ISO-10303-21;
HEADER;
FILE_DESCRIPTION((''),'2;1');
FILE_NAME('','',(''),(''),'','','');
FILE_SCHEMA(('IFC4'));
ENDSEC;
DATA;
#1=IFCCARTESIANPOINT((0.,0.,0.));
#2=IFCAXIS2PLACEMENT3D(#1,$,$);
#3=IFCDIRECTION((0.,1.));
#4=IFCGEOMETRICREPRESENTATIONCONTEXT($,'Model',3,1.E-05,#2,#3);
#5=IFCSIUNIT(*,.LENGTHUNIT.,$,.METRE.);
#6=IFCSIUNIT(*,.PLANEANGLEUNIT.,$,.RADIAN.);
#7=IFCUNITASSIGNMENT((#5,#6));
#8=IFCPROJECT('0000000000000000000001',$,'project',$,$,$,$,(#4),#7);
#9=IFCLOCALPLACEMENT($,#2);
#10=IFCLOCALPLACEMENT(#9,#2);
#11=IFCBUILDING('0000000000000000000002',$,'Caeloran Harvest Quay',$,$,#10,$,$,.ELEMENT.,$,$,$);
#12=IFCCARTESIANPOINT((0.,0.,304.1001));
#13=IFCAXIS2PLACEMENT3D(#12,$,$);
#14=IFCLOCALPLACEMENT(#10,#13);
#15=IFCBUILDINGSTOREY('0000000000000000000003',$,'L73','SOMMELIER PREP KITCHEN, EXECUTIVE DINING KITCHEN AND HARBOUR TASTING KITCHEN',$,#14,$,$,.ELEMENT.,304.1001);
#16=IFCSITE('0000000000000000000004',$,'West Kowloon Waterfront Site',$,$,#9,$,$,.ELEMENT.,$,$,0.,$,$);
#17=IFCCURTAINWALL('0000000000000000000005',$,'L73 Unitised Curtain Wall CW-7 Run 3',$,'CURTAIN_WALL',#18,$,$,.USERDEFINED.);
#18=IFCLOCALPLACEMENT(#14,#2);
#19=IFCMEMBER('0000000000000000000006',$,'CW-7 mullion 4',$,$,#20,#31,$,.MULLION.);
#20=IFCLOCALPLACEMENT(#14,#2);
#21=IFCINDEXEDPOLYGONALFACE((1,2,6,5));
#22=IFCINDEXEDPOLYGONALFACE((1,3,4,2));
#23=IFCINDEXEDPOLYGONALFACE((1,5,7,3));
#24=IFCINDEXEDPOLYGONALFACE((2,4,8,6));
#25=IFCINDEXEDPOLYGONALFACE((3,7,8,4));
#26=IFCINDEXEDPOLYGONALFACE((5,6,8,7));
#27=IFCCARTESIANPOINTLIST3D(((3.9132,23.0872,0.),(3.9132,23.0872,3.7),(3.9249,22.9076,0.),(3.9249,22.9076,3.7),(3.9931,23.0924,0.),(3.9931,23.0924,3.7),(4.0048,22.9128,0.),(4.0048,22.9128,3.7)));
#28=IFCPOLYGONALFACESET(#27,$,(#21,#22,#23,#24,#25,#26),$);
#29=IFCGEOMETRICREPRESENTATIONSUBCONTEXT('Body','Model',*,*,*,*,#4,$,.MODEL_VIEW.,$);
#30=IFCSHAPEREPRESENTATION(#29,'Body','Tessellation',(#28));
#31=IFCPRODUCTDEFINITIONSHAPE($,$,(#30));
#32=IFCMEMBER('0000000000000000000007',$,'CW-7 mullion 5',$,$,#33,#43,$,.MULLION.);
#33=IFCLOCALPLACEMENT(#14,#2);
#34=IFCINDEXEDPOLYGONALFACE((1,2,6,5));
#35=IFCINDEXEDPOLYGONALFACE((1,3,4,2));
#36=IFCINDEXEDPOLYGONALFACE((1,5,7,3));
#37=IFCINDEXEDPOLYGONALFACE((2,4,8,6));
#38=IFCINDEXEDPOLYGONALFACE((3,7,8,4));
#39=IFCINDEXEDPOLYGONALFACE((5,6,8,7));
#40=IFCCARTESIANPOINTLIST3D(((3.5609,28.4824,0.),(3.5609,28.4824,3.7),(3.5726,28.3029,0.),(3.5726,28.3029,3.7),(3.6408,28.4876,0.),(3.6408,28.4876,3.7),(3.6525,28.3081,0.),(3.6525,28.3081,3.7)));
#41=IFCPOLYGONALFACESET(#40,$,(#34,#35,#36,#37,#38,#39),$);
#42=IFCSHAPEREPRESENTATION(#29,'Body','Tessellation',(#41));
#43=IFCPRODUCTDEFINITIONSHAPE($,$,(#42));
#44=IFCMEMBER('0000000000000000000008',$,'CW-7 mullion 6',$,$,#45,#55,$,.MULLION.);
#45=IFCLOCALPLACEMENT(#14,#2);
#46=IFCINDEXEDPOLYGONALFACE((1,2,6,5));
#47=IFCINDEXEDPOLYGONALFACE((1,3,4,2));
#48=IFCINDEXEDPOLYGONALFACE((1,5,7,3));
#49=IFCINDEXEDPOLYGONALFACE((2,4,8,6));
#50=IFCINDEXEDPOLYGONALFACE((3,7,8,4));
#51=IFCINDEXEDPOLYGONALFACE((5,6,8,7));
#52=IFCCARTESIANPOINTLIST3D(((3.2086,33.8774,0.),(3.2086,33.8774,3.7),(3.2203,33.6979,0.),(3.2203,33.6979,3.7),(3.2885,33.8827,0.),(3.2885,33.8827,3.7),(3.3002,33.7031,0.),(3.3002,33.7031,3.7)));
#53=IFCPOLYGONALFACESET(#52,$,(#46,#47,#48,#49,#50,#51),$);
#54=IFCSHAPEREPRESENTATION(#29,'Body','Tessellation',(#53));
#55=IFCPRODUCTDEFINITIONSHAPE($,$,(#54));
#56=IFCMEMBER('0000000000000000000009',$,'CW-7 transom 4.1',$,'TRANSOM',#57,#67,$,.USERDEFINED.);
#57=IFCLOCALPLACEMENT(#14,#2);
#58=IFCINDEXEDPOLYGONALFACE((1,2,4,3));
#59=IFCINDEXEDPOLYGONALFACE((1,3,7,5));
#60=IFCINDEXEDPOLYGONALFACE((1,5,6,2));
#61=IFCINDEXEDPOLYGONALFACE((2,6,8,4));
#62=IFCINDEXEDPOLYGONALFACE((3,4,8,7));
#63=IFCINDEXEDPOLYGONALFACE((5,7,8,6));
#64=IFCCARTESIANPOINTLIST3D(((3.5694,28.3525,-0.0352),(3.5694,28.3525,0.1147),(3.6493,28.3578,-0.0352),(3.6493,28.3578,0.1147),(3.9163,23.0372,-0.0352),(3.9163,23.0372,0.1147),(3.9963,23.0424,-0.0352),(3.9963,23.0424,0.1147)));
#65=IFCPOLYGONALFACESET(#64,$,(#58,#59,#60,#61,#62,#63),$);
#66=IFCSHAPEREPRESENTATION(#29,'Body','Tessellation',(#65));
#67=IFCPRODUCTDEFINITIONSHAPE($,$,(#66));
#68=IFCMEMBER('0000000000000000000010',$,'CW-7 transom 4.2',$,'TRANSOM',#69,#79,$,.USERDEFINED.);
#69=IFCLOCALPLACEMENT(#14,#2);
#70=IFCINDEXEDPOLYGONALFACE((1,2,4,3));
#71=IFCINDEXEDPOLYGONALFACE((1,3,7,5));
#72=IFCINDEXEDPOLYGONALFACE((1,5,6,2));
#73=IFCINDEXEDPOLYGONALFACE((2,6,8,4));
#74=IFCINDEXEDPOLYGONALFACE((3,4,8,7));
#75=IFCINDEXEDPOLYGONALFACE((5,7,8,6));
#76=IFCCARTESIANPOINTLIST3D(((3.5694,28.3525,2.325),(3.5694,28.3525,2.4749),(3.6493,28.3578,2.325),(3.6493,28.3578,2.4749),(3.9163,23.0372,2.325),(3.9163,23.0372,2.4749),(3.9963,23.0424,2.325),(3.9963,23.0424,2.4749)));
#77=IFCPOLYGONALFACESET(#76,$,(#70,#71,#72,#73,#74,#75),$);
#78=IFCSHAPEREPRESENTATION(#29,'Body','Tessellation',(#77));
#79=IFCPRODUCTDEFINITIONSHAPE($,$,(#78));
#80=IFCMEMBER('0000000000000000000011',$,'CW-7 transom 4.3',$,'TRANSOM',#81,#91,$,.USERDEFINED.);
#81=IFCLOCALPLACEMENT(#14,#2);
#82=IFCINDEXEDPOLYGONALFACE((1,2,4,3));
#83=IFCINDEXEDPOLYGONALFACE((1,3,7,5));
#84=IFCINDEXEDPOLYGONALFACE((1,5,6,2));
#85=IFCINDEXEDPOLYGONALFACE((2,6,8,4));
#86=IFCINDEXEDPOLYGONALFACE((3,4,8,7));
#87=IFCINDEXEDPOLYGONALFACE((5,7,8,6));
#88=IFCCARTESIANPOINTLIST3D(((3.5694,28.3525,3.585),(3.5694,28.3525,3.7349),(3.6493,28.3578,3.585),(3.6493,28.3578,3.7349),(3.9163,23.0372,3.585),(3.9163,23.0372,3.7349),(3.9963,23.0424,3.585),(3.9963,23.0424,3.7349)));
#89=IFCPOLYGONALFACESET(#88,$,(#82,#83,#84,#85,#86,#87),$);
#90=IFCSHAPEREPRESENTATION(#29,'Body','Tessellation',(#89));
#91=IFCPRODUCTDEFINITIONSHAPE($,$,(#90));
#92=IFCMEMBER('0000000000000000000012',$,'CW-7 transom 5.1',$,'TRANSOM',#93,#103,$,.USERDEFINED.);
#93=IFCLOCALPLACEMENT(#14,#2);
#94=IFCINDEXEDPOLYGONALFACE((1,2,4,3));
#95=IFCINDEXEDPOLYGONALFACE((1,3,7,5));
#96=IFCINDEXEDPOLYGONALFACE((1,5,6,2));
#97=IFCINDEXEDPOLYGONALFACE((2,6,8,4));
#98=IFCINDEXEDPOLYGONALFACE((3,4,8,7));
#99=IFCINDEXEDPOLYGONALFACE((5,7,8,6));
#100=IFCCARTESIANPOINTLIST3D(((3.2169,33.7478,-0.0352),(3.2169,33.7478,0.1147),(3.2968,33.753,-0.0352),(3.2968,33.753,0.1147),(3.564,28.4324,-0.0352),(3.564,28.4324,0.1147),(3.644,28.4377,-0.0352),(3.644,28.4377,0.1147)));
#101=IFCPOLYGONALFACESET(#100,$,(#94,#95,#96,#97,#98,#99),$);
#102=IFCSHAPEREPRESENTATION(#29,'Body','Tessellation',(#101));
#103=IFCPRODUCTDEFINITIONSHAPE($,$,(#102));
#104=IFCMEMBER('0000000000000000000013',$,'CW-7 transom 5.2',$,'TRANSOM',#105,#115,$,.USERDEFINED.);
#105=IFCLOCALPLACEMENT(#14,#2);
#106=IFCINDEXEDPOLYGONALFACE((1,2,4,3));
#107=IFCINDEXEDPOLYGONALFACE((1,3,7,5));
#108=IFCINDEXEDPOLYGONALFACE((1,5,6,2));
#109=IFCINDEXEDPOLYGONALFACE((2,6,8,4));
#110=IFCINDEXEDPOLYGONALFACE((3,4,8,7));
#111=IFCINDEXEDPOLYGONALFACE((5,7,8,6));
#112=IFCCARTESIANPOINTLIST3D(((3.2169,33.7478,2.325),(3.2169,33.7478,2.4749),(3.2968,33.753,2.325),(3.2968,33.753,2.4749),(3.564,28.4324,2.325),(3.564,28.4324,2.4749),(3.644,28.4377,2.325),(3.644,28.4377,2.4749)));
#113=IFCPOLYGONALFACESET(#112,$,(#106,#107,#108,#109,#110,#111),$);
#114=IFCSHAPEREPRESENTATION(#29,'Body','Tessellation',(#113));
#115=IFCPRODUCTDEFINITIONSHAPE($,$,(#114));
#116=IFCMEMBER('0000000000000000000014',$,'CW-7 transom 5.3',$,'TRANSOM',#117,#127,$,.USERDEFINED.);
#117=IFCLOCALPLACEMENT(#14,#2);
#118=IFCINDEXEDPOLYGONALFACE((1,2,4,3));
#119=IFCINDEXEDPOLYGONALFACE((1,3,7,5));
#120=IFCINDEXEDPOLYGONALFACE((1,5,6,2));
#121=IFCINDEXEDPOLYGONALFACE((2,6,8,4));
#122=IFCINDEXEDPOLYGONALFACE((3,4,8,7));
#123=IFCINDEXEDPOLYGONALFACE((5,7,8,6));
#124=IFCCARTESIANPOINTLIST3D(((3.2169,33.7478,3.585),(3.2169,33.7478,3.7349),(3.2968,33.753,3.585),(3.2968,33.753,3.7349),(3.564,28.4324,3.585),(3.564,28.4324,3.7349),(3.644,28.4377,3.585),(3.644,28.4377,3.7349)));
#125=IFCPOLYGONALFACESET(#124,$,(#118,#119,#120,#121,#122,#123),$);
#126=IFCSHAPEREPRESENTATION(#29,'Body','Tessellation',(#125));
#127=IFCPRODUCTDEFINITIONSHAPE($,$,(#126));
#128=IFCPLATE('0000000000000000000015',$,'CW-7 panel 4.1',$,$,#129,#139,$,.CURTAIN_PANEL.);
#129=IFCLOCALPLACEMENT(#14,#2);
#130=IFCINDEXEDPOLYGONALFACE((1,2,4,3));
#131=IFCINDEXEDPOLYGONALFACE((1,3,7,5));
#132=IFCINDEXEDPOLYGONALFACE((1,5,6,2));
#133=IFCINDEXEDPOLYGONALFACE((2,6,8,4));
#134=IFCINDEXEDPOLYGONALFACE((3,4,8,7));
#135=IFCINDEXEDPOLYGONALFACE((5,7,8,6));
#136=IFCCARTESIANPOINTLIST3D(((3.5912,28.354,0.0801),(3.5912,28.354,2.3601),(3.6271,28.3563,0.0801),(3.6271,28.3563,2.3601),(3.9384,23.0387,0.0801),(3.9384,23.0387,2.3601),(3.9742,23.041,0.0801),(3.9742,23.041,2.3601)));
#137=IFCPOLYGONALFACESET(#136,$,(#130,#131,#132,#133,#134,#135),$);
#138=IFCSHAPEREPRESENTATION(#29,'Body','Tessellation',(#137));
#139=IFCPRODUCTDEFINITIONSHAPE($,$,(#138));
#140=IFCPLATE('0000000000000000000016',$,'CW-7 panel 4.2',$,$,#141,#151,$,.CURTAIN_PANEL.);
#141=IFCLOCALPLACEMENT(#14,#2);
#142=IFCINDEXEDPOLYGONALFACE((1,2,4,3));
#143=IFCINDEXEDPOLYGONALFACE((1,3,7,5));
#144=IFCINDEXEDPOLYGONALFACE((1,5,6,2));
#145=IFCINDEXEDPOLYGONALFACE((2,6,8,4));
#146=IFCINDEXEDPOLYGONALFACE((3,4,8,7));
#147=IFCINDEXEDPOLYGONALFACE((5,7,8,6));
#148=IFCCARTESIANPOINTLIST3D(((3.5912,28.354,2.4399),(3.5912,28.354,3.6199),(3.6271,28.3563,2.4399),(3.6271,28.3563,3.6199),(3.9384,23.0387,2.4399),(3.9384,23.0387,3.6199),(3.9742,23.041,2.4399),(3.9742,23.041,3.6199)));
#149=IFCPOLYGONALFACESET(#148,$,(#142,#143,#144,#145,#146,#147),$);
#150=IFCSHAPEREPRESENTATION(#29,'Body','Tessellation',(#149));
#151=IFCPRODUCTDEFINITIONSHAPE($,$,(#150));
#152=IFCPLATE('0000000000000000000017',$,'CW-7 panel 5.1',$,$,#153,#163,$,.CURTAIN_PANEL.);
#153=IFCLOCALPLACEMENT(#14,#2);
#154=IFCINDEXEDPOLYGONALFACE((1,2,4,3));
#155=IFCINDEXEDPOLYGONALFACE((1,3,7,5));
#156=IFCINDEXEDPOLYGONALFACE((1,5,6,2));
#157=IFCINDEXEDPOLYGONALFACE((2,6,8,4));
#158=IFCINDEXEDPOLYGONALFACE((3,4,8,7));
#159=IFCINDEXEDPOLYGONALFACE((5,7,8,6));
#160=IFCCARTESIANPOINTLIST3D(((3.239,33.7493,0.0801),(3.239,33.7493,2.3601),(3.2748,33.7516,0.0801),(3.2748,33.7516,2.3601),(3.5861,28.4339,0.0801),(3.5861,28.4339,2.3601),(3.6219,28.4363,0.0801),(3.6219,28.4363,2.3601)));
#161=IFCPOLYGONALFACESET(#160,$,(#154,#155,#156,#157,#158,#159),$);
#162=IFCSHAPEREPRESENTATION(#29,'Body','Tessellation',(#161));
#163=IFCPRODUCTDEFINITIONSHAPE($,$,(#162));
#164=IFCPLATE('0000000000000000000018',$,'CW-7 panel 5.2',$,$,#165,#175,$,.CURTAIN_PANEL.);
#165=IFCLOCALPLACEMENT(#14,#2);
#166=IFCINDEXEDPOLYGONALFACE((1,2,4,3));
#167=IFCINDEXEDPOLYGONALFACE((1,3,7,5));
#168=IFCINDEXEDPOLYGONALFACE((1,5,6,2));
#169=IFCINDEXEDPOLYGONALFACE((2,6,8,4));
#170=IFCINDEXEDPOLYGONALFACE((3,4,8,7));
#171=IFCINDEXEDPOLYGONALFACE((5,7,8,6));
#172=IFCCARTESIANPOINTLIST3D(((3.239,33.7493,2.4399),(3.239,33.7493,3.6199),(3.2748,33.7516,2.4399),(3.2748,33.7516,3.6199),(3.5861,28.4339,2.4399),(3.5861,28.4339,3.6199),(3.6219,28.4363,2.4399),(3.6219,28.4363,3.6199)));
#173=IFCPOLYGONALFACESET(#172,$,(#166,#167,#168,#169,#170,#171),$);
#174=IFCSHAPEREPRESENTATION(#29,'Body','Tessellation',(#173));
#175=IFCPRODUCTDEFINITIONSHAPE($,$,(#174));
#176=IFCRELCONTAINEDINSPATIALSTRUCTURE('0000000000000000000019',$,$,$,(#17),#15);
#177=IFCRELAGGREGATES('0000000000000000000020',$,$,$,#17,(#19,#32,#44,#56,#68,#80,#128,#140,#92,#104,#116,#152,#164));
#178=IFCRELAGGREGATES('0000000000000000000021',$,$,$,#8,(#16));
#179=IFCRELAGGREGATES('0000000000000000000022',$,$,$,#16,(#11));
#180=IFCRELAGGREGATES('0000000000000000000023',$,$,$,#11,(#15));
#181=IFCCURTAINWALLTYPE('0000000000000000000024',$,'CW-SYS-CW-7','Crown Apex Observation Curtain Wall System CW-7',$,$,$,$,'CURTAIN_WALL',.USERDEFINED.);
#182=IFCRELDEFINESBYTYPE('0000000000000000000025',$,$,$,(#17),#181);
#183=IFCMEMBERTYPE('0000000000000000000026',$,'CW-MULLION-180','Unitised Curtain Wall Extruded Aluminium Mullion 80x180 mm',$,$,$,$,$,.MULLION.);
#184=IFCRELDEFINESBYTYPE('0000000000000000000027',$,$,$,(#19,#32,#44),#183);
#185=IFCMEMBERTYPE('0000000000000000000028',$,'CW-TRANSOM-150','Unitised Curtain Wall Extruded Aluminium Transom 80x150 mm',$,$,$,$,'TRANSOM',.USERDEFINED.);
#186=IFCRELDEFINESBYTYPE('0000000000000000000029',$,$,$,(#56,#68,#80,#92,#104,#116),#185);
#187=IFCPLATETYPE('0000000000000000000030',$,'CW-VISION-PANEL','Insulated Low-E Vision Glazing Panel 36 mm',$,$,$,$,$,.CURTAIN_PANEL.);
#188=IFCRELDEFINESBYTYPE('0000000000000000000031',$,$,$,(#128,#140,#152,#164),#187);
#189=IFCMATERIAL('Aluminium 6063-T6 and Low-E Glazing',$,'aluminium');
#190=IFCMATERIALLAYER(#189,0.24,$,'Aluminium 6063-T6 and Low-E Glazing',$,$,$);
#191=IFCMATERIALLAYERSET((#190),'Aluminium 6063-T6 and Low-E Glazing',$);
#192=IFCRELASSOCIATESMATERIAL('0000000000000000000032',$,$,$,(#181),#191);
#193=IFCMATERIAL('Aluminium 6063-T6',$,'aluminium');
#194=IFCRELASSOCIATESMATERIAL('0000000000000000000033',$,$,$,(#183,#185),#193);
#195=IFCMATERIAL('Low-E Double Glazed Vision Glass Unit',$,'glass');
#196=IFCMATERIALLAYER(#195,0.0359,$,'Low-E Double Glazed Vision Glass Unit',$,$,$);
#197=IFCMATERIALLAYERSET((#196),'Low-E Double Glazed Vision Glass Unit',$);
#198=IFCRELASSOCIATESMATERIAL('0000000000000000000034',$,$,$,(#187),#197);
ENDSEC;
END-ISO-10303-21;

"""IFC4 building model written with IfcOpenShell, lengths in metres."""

from ifc_helpers import new_model, si_unit, direction, frame, origin, origin_2d, place, context, subcontext, project, spatial, rectangle, extrude, material, layer, layer_set, material_profile, profile_set, type_object, element, aggregate, save


model = new_model("IFC4")

# Units and contexts
model_context = context("Model", 3, precision=1e-05, world=origin(), true_north=direction((0.0, 1.0)))
body_context = subcontext(model_context, "Body", "Model", "MODEL_VIEW")
ifc_project = project(units=[si_unit("LENGTHUNIT", "METRE"), si_unit("PLANEANGLEUNIT", "RADIAN")], contexts=[model_context])

# Site, building, storey
site_placement = place(None, origin())
site = spatial("IfcSite", under=ifc_project, at=site_placement, Name="West Kowloon Waterfront Site", CompositionType="ELEMENT", RefElevation=0.0)
building_placement = place(site_placement, origin())
building = spatial("IfcBuilding", under=site, at=building_placement, Name="Caeloran Harvest Quay", CompositionType="ELEMENT")
storey_placement = place(building_placement, frame((0.0, 0.0, 304.1001)))
storey = spatial("IfcBuildingStorey", under=building, at=storey_placement, Name="L73", Description="SOMMELIER PREP KITCHEN, EXECUTIVE DINING KITCHEN AND HARBOUR TASTING KITCHEN", CompositionType="ELEMENT", Elevation=304.1001)

# Curtain wall, members, plates
ifc_material_1 = material(Name="Aluminium 6063-T6 and Low-E Glazing", Category="aluminium")
ifc_layer_1 = layer(ifc_material_1, 0.24, Name="Aluminium 6063-T6 and Low-E Glazing")
ifc_layer_set_1 = layer_set([ifc_layer_1], Name="Aluminium 6063-T6 and Low-E Glazing")
curtain_wall_type = type_object("IfcCurtainWallType", Name="CW-SYS-CW-7", Description="Crown Apex Observation Curtain Wall System CW-7", ElementType="CURTAIN_WALL", PredefinedType="USERDEFINED", material=ifc_layer_set_1)
curtain_wall_placement = place(storey_placement, origin())
curtain_wall = element("IfcCurtainWall", 1, at=curtain_wall_placement, inside=storey, type_object=curtain_wall_type, Name="L73 Unitised Curtain Wall CW-7 Run 3", ObjectType="CURTAIN_WALL", PredefinedType="USERDEFINED")
ifc_material_2 = material(Name="Aluminium 6063-T6", Category="aluminium")
ifc_material_profile_1 = material_profile(ifc_material_2, rectangle(XDim=0.0801, YDim=0.1799, at=origin_2d()), Name="CW-MULLION-180")
ifc_profile_set_1 = profile_set([ifc_material_profile_1], Name="Aluminium 6063-T6")
member_type_1 = type_object("IfcMemberType", Name="CW-MULLION-180", Description="Unitised Curtain Wall Extruded Aluminium Mullion 80x180 mm", PredefinedType="MULLION", material=ifc_profile_set_1)
member_1_placement = place(storey_placement, frame((3.959, 23.0, 0.0), z_axis=(0.0, 0.0, 1.0), x_axis=(-0.997874, -0.065167, 0.0)))
member_1 = element("IfcMember", 2, at=member_1_placement, type_object=member_type_1, Name="CW-7 mullion 4", PredefinedType="MULLION", context=body_context, shape_type="SweptSolid", body=[
    extrude(rectangle(XDim=0.0801, YDim=0.1799, at=origin_2d()), origin(), (0.0, 0.0, 1.0), 3.7),
])
member_2_placement = place(storey_placement, frame((3.6067, 28.3953, 0.0), z_axis=(0.0, 0.0, 1.0), x_axis=(-0.997874, -0.065167, 0.0)))
member_2 = element("IfcMember", 3, at=member_2_placement, type_object=member_type_1, Name="CW-7 mullion 5", PredefinedType="MULLION", context=body_context, shape_type="SweptSolid", body=[
    extrude(rectangle(XDim=0.0801, YDim=0.1799, at=origin_2d()), origin(), (0.0, 0.0, 1.0), 3.7),
])
member_3_placement = place(storey_placement, frame((3.2544, 33.7903, 0.0), z_axis=(0.0, 0.0, 1.0), x_axis=(-0.997874, -0.065167, 0.0)))
member_3 = element("IfcMember", 4, at=member_3_placement, type_object=member_type_1, Name="CW-7 mullion 6", PredefinedType="MULLION", context=body_context, shape_type="SweptSolid", body=[
    extrude(rectangle(XDim=0.0801, YDim=0.1799, at=origin_2d()), origin(), (0.0, 0.0, 1.0), 3.7),
])
ifc_material_profile_2 = material_profile(ifc_material_2, rectangle(XDim=0.0801, YDim=0.1499, at=origin_2d()), Name="CW-TRANSOM-150")
ifc_profile_set_2 = profile_set([ifc_material_profile_2], Name="Aluminium 6063-T6")
member_type_2 = type_object("IfcMemberType", Name="CW-TRANSOM-150", Description="Unitised Curtain Wall Extruded Aluminium Transom 80x150 mm", ElementType="TRANSOM", PredefinedType="USERDEFINED", material=ifc_profile_set_2)
member_4_placement = place(storey_placement, frame((3.9563, 23.0398, 0.0398), z_axis=(-0.065129, 0.997877, 0.0), x_axis=(-0.997877, -0.065129, 0.0)))
member_4 = element("IfcMember", 5, at=member_4_placement, type_object=member_type_2, Name="CW-7 transom 4.1", ObjectType="TRANSOM", PredefinedType="USERDEFINED", context=body_context, shape_type="SweptSolid", body=[
    extrude(rectangle(XDim=0.0801, YDim=0.1499, at=origin_2d()), origin(), (0.0, 0.0, 1.0), 5.3267),
])
member_5_placement = place(storey_placement, frame((3.9563, 23.0398, 2.3999), z_axis=(-0.065129, 0.997877, 0.0), x_axis=(-0.997877, -0.065129, 0.0)))
member_5 = element("IfcMember", 6, at=member_5_placement, type_object=member_type_2, Name="CW-7 transom 4.2", ObjectType="TRANSOM", PredefinedType="USERDEFINED", context=body_context, shape_type="SweptSolid", body=[
    extrude(rectangle(XDim=0.0801, YDim=0.1499, at=origin_2d()), origin(), (0.0, 0.0, 1.0), 5.3267),
])
member_6_placement = place(storey_placement, frame((3.9563, 23.0398, 3.6599), z_axis=(-0.065129, 0.997877, 0.0), x_axis=(-0.997877, -0.065129, 0.0)))
member_6 = element("IfcMember", 7, at=member_6_placement, type_object=member_type_2, Name="CW-7 transom 4.3", ObjectType="TRANSOM", PredefinedType="USERDEFINED", context=body_context, shape_type="SweptSolid", body=[
    extrude(rectangle(XDim=0.0801, YDim=0.1499, at=origin_2d()), origin(), (0.0, 0.0, 1.0), 5.3267),
])
member_7_placement = place(storey_placement, frame((3.604, 28.4351, 0.0398), z_axis=(-0.065174, 0.997874, 0.0), x_axis=(-0.997874, -0.065174, 0.0)))
member_7 = element("IfcMember", 8, at=member_7_placement, type_object=member_type_2, Name="CW-7 transom 5.1", ObjectType="TRANSOM", PredefinedType="USERDEFINED", context=body_context, shape_type="SweptSolid", body=[
    extrude(rectangle(XDim=0.0801, YDim=0.1499, at=origin_2d()), origin(), (0.0, 0.0, 1.0), 5.3267),
])
member_8_placement = place(storey_placement, frame((3.604, 28.4351, 2.3999), z_axis=(-0.065174, 0.997874, 0.0), x_axis=(-0.997874, -0.065174, 0.0)))
member_8 = element("IfcMember", 9, at=member_8_placement, type_object=member_type_2, Name="CW-7 transom 5.2", ObjectType="TRANSOM", PredefinedType="USERDEFINED", context=body_context, shape_type="SweptSolid", body=[
    extrude(rectangle(XDim=0.0801, YDim=0.1499, at=origin_2d()), origin(), (0.0, 0.0, 1.0), 5.3267),
])
member_9_placement = place(storey_placement, frame((3.604, 28.4351, 3.6599), z_axis=(-0.065174, 0.997874, 0.0), x_axis=(-0.997874, -0.065174, 0.0)))
member_9 = element("IfcMember", 10, at=member_9_placement, type_object=member_type_2, Name="CW-7 transom 5.3", ObjectType="TRANSOM", PredefinedType="USERDEFINED", context=body_context, shape_type="SweptSolid", body=[
    extrude(rectangle(XDim=0.0801, YDim=0.1499, at=origin_2d()), origin(), (0.0, 0.0, 1.0), 5.3267),
])
ifc_material_3 = material(Name="Low-E Double Glazed Vision Glass Unit", Category="glass")
ifc_layer_2 = layer(ifc_material_3, 0.0359, Name="Low-E Double Glazed Vision Glass Unit")
ifc_layer_set_2 = layer_set([ifc_layer_2], Name="Low-E Double Glazed Vision Glass Unit")
plate_type = type_object("IfcPlateType", Name="CW-VISION-PANEL", Description="Insulated Low-E Vision Glazing Panel 36 mm", PredefinedType="CURTAIN_PANEL", material=ifc_layer_set_2)
plate_1_placement = place(storey_placement, frame((3.7827, 25.6975, 0.0801), z_axis=(0.0, 0.0, 1.0), x_axis=(-0.065167, 0.997874, 0.0)))
plate_1 = element("IfcPlate", 11, at=plate_1_placement, type_object=plate_type, Name="CW-7 panel 4.1", PredefinedType="CURTAIN_PANEL", context=body_context, shape_type="SweptSolid", body=[
    extrude(rectangle(XDim=5.3267, YDim=0.0359, at=origin_2d()), origin(), (0.0, 0.0, 1.0), 2.28),
])
plate_2_placement = place(storey_placement, frame((3.7827, 25.6975, 2.4399), z_axis=(0.0, 0.0, 1.0), x_axis=(-0.065167, 0.997874, 0.0)))
plate_2 = element("IfcPlate", 12, at=plate_2_placement, type_object=plate_type, Name="CW-7 panel 4.2", PredefinedType="CURTAIN_PANEL", context=body_context, shape_type="SweptSolid", body=[
    extrude(rectangle(XDim=5.3267, YDim=0.0359, at=origin_2d()), origin(), (0.0, 0.0, 1.0), 1.1799),
])
plate_3_placement = place(storey_placement, frame((3.4304, 31.0928, 0.0801), z_axis=(0.0, 0.0, 1.0), x_axis=(-0.065167, 0.997874, 0.0)))
plate_3 = element("IfcPlate", 13, at=plate_3_placement, type_object=plate_type, Name="CW-7 panel 5.1", PredefinedType="CURTAIN_PANEL", context=body_context, shape_type="SweptSolid", body=[
    extrude(rectangle(XDim=5.3267, YDim=0.0359, at=origin_2d()), origin(), (0.0, 0.0, 1.0), 2.28),
])
plate_4_placement = place(storey_placement, frame((3.4304, 31.0928, 2.4399), z_axis=(0.0, 0.0, 1.0), x_axis=(-0.065167, 0.997874, 0.0)))
plate_4 = element("IfcPlate", 14, at=plate_4_placement, type_object=plate_type, Name="CW-7 panel 5.2", PredefinedType="CURTAIN_PANEL", context=body_context, shape_type="SweptSolid", body=[
    extrude(rectangle(XDim=5.3267, YDim=0.0359, at=origin_2d()), origin(), (0.0, 0.0, 1.0), 1.1799),
])
aggregate(curtain_wall, [member_1, member_2, member_3, member_4, member_5, member_6, plate_1, plate_2, member_7, member_8, member_9, plate_3, plate_4])

save(model, "model.ifc")
